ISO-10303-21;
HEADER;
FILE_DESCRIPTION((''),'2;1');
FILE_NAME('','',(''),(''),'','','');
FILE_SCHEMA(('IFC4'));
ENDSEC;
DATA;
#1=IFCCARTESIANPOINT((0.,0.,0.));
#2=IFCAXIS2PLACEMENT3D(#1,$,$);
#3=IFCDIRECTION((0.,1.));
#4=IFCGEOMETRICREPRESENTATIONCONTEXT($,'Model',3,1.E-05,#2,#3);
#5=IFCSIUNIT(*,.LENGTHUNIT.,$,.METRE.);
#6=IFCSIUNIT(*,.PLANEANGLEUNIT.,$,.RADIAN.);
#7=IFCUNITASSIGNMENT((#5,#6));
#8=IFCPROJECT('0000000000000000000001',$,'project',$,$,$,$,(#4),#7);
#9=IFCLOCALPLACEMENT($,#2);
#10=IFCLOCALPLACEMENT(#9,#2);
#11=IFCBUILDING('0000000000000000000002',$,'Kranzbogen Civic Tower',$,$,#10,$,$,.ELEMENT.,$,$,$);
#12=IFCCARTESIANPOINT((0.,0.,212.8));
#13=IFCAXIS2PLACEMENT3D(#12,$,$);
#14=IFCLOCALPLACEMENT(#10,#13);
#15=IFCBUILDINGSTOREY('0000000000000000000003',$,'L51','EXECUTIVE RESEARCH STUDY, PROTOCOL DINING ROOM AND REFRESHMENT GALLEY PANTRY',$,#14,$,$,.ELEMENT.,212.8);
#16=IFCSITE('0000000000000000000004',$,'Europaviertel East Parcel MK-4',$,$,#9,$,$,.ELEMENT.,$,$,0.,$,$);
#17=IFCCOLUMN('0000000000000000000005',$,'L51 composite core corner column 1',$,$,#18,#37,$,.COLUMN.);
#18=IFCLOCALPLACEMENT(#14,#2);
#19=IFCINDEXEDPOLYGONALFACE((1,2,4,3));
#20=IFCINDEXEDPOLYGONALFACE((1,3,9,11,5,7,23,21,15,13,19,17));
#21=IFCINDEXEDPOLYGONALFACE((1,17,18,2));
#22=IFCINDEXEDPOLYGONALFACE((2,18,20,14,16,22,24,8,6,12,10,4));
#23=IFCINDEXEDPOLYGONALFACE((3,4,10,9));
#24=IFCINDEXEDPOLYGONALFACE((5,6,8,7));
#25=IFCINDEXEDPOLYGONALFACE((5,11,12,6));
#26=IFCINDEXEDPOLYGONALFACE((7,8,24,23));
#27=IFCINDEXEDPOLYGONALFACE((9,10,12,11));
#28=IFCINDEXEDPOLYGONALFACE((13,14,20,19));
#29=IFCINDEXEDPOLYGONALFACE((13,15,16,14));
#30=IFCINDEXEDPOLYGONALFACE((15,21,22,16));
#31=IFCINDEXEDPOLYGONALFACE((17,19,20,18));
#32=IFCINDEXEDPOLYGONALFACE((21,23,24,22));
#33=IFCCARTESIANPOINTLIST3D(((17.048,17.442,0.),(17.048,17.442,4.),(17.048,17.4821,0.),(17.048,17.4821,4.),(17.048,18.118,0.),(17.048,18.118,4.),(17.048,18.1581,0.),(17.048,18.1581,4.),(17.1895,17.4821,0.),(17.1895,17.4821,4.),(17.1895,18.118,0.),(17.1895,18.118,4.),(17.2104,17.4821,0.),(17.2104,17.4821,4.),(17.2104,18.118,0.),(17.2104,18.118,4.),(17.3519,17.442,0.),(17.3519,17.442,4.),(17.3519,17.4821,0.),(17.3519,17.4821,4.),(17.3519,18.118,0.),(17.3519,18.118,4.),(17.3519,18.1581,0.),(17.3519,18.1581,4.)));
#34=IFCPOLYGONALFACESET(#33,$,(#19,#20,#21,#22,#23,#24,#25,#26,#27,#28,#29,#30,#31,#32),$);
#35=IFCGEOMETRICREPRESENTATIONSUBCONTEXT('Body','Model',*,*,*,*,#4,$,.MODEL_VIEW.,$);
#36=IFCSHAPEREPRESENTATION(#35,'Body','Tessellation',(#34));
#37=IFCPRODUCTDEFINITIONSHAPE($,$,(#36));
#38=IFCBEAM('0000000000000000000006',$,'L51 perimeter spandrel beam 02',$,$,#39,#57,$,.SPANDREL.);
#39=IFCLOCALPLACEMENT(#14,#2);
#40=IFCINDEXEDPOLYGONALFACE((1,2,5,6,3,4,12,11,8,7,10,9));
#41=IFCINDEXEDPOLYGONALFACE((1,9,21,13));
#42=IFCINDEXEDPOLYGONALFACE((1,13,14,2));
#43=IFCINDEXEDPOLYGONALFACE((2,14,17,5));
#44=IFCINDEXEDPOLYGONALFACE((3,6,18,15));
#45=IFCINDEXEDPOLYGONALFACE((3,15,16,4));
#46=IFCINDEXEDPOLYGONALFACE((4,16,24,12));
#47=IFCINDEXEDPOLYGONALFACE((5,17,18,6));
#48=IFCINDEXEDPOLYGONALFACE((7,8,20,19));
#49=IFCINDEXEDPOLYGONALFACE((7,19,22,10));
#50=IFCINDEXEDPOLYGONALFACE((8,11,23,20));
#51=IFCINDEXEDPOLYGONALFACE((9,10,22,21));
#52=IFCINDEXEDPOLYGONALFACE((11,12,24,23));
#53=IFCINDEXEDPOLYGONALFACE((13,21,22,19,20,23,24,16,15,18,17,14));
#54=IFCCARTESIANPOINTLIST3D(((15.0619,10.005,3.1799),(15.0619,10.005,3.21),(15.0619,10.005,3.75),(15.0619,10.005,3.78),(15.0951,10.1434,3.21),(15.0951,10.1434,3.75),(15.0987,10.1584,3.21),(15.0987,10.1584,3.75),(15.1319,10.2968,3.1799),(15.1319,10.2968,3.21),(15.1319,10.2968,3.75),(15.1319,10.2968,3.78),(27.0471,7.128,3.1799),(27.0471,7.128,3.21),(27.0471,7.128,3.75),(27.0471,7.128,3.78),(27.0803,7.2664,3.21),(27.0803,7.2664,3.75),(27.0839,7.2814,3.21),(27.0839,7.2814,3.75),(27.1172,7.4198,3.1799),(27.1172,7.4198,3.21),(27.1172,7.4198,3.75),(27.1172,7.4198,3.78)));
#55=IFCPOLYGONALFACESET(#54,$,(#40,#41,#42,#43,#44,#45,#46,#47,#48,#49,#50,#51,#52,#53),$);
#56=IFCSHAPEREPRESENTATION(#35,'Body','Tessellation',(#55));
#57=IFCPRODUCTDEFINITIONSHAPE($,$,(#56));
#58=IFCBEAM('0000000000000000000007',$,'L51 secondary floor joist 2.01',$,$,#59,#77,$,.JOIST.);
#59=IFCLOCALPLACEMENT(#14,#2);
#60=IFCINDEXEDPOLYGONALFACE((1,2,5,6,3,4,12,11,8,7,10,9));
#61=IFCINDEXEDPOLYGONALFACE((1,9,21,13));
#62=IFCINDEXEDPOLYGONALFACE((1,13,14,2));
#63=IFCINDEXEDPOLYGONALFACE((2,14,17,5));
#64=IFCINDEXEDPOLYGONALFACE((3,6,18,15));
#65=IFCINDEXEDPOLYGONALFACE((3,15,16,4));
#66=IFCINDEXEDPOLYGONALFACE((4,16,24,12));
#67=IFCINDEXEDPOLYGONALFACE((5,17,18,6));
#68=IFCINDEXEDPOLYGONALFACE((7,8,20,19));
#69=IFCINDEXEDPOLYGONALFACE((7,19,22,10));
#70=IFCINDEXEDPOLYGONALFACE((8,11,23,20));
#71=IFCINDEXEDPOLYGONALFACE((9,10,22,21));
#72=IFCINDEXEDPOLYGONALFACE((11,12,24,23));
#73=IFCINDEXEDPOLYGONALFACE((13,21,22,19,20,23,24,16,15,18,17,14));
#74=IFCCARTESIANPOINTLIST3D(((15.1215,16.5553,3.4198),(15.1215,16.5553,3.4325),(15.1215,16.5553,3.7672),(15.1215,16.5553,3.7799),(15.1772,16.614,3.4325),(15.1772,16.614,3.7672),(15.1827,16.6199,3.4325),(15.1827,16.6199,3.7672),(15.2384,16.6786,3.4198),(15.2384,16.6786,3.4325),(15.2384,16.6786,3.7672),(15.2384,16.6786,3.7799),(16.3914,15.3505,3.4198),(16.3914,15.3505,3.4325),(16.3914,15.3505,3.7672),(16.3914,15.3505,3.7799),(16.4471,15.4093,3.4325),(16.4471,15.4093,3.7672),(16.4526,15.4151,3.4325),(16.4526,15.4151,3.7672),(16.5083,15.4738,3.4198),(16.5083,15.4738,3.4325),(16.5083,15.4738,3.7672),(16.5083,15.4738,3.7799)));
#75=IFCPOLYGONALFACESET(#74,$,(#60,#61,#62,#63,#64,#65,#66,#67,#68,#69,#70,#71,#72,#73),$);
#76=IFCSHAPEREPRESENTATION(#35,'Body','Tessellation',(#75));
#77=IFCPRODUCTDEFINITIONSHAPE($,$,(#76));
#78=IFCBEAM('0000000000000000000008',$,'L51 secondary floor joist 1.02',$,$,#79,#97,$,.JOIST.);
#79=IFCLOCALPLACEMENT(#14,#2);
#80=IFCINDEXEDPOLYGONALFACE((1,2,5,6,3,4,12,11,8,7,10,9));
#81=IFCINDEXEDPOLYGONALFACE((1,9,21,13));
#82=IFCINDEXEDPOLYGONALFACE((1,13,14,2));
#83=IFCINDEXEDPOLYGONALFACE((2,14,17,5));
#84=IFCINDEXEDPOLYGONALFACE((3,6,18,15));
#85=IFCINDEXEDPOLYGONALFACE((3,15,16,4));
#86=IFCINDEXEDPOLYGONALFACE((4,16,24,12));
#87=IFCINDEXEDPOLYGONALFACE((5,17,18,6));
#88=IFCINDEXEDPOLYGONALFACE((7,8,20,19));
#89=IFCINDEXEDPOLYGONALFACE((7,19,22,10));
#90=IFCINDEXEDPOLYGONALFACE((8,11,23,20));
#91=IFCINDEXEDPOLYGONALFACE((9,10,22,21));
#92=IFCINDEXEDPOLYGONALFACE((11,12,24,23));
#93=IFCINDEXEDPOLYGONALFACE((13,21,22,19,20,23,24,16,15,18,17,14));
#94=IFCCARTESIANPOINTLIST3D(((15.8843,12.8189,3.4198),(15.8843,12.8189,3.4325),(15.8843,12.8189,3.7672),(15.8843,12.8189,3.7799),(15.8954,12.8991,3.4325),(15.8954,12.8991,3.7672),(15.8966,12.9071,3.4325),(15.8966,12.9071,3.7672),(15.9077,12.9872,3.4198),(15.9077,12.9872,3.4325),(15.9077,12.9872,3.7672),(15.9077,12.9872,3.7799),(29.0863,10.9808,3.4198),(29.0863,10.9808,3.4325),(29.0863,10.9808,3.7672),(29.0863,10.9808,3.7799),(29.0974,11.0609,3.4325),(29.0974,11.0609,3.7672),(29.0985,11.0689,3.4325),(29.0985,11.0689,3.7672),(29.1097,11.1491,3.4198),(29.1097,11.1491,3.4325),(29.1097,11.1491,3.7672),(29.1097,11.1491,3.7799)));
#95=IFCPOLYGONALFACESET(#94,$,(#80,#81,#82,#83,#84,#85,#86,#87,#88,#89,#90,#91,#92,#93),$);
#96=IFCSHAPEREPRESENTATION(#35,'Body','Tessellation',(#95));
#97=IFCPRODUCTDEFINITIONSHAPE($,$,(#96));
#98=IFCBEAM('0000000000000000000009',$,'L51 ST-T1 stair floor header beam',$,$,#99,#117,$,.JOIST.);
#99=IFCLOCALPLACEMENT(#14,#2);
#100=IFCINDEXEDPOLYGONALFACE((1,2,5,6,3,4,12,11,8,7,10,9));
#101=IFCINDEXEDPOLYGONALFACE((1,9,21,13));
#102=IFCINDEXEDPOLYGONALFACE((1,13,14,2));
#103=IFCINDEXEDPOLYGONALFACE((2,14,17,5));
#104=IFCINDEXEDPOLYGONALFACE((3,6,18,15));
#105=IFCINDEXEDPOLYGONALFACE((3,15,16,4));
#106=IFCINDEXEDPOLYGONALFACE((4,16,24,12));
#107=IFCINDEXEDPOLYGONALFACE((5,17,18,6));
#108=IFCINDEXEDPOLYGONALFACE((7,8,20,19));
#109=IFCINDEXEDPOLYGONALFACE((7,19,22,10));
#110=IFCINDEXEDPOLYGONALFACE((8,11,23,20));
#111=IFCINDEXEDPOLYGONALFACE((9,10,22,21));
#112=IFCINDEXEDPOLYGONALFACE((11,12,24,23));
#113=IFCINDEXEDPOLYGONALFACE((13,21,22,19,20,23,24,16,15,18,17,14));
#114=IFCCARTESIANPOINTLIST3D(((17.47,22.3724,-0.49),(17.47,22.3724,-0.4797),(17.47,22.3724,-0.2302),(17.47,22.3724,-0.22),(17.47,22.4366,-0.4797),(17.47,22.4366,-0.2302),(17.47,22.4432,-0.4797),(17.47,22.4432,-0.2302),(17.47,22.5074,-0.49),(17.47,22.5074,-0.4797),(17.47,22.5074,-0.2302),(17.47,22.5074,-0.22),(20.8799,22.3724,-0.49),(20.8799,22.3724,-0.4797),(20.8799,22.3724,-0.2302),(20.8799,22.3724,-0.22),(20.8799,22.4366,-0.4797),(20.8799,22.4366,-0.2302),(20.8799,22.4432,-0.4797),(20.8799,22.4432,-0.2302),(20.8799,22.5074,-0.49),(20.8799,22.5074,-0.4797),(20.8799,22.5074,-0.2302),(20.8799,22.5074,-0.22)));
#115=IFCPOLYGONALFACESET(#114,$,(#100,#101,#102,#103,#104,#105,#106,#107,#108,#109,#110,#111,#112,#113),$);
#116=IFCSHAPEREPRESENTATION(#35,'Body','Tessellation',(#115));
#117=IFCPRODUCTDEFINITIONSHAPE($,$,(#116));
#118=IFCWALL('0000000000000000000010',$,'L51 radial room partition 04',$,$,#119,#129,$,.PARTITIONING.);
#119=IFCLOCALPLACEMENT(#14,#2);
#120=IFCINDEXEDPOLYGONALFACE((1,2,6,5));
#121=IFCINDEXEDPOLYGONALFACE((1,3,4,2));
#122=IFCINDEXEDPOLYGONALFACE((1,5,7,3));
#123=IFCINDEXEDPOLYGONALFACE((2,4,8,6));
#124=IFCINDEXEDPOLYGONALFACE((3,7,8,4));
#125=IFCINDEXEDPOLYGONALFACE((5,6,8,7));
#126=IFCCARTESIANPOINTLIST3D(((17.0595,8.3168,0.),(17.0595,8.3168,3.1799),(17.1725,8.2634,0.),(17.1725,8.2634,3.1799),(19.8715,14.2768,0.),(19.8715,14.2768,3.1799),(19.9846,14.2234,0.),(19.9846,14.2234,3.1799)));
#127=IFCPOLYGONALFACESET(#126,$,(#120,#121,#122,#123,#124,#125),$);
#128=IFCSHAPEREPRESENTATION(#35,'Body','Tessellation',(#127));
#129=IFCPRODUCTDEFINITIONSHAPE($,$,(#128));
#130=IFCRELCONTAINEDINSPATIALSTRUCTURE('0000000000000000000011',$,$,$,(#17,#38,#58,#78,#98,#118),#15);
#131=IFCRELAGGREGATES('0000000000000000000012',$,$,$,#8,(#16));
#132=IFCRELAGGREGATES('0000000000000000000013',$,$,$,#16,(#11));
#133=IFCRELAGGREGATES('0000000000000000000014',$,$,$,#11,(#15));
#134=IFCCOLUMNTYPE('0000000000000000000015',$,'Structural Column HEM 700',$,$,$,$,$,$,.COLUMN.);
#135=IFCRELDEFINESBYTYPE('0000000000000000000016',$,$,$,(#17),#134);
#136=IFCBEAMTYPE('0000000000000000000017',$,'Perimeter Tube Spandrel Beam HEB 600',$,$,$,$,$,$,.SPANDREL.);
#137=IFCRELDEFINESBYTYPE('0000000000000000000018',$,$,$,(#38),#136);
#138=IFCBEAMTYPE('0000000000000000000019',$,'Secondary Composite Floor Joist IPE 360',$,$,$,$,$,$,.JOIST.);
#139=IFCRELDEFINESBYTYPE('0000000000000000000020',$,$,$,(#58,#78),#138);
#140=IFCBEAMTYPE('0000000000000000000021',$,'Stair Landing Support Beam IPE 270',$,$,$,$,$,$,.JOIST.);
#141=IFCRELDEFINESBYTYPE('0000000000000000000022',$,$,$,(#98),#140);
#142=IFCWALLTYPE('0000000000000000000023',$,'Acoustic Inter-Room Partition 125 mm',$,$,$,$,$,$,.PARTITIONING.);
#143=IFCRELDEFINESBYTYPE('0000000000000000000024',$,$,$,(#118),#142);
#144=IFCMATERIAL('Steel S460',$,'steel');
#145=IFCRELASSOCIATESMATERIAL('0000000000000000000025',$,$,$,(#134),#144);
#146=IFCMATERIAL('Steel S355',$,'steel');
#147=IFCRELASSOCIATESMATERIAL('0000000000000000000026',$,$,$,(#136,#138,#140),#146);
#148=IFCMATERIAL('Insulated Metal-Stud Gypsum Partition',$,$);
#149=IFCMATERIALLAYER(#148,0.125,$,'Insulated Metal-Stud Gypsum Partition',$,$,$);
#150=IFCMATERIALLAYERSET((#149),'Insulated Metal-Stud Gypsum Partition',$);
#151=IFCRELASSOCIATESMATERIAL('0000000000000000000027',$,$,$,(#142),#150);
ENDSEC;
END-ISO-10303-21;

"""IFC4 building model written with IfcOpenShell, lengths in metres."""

from ifc_helpers import new_model, si_unit, direction, frame, frame_2d, origin, origin_2d, place, context, subcontext, project, spatial, rectangle, i_section, extrude, material, layer, layer_set, material_profile, profile_set, type_object, element, save


model = new_model("IFC4")

# Units and contexts
model_context = context("Model", 3, precision=1e-05, world=origin(), true_north=direction((0.0, 1.0)))
body_context = subcontext(model_context, "Body", "Model", "MODEL_VIEW")
ifc_project = project(units=[si_unit("LENGTHUNIT", "METRE"), si_unit("PLANEANGLEUNIT", "RADIAN")], contexts=[model_context])

# Site, building, storey
site_placement = place(None, origin())
site = spatial("IfcSite", under=ifc_project, at=site_placement, Name="Europaviertel East Parcel MK-4", CompositionType="ELEMENT", RefElevation=0.0)
building_placement = place(site_placement, origin())
building = spatial("IfcBuilding", under=site, at=building_placement, Name="Kranzbogen Civic Tower", CompositionType="ELEMENT")
storey_placement = place(building_placement, frame((0.0, 0.0, 212.8)))
storey = spatial("IfcBuildingStorey", under=building, at=storey_placement, Name="L51", Description="EXECUTIVE RESEARCH STUDY, PROTOCOL DINING ROOM AND REFRESHMENT GALLEY PANTRY", CompositionType="ELEMENT", Elevation=212.8)

# Column
ifc_material_1 = material(Name="Steel S460", Category="steel")
ifc_material_profile_1 = material_profile(ifc_material_1, i_section(OverallWidth=0.304, OverallDepth=0.7161, WebThickness=0.021, FlangeThickness=0.04, at=origin_2d()), Name="HEM 700")
ifc_profile_set_1 = profile_set([ifc_material_profile_1], Name="Steel S460")
column_type = type_object("IfcColumnType", Name="Structural Column HEM 700", PredefinedType="COLUMN", material=ifc_profile_set_1)
column_placement = place(storey_placement, frame((17.2, 17.8, 0.0), z_axis=(0.0, 0.0, 1.0), x_axis=(1.0, 0.0, 0.0)))
element("IfcColumn", 1, at=column_placement, inside=storey, type_object=column_type, Name="L51 composite core corner column 1", PredefinedType="COLUMN", context=body_context, shape_type="SweptSolid", body=[
    extrude(i_section(OverallWidth=0.304, OverallDepth=0.7161, WebThickness=0.021, FlangeThickness=0.04, at=origin_2d()), origin(), (0.0, 0.0, 1.0), 4.0),
])

# Beams
ifc_material_2 = material(Name="Steel S355", Category="steel")
ifc_material_profile_2 = material_profile(ifc_material_2, i_section(OverallWidth=0.3, OverallDepth=0.6001, WebThickness=0.0154, FlangeThickness=0.03, at=origin_2d()), Name="HEB 600")
ifc_profile_set_2 = profile_set([ifc_material_profile_2], Name="Steel S355")
beam_type_1 = type_object("IfcBeamType", Name="Perimeter Tube Spandrel Beam HEB 600", PredefinedType="SPANDREL", material=ifc_profile_set_2)
beam_1_placement = place(storey_placement, frame((15.0969, 10.1509, 3.48), z_axis=(0.972378, -0.233413, 0.0), x_axis=(0.233413, 0.972378, 0.0)))
element("IfcBeam", 2, at=beam_1_placement, inside=storey, type_object=beam_type_1, Name="L51 perimeter spandrel beam 02", PredefinedType="SPANDREL", context=body_context, shape_type="SweptSolid", body=[
    extrude(i_section(OverallWidth=0.3, OverallDepth=0.6001, WebThickness=0.0154, FlangeThickness=0.03, at=origin_2d()), origin(), (0.0, 0.0, 1.0), 12.3257),
])
ifc_material_profile_3 = material_profile(ifc_material_2, i_section(OverallWidth=0.1699, OverallDepth=0.3601, WebThickness=0.0081, FlangeThickness=0.0127, at=origin_2d()), Name="IPE 360")
ifc_profile_set_3 = profile_set([ifc_material_profile_3], Name="Steel S355")
beam_type_2 = type_object("IfcBeamType", Name="Secondary Composite Floor Joist IPE 360", PredefinedType="JOIST", material=ifc_profile_set_3)
beam_2_placement = place(storey_placement, frame((15.1799, 16.6169, 3.5999), z_axis=(0.72548, -0.688243, 0.0), x_axis=(0.688243, 0.72548, 0.0)))
element("IfcBeam", 3, at=beam_2_placement, inside=storey, type_object=beam_type_2, Name="L51 secondary floor joist 2.01", PredefinedType="JOIST", context=body_context, shape_type="SweptSolid", body=[
    extrude(i_section(OverallWidth=0.1699, OverallDepth=0.3601, WebThickness=0.0081, FlangeThickness=0.0127, at=origin_2d()), origin(), (0.0, 0.0, 1.0), 1.7505),
])
beam_3_placement = place(storey_placement, frame((15.896, 12.9031, 3.5999), z_axis=(0.990446, -0.137902, 0.0), x_axis=(0.137902, 0.990446, 0.0)))
element("IfcBeam", 4, at=beam_3_placement, inside=storey, type_object=beam_type_2, Name="L51 secondary floor joist 1.02", PredefinedType="JOIST", context=body_context, shape_type="SweptSolid", body=[
    extrude(i_section(OverallWidth=0.1699, OverallDepth=0.3601, WebThickness=0.0081, FlangeThickness=0.0127, at=origin_2d()), origin(), (0.0, 0.0, 1.0), 13.3293),
])
ifc_material_profile_4 = material_profile(ifc_material_2, i_section(OverallWidth=0.135, OverallDepth=0.27, WebThickness=0.0066, FlangeThickness=0.0103, at=origin_2d()), Name="IPE 270")
ifc_profile_set_4 = profile_set([ifc_material_profile_4], Name="Steel S355")
beam_type_3 = type_object("IfcBeamType", Name="Stair Landing Support Beam IPE 270", PredefinedType="JOIST", material=ifc_profile_set_4)
beam_4_placement = place(storey_placement, frame((20.8799, 22.4399, -0.355), z_axis=(-1.0, 0.0, 0.0), x_axis=(0.0, -1.0, 0.0)))
element("IfcBeam", 5, at=beam_4_placement, inside=storey, type_object=beam_type_3, Name="L51 ST-T1 stair floor header beam", PredefinedType="JOIST", context=body_context, shape_type="SweptSolid", body=[
    extrude(i_section(OverallWidth=0.135, OverallDepth=0.27, WebThickness=0.0066, FlangeThickness=0.0103, at=origin_2d()), origin(), (0.0, 0.0, 1.0), 3.4099),
])

# Wall
ifc_material_3 = material(Name="Insulated Metal-Stud Gypsum Partition")
ifc_layer_1 = layer(ifc_material_3, 0.125, Name="Insulated Metal-Stud Gypsum Partition")
ifc_layer_set_1 = layer_set([ifc_layer_1], Name="Insulated Metal-Stud Gypsum Partition")
wall_type_1 = type_object("IfcWallType", Name="Acoustic Inter-Room Partition 125 mm", PredefinedType="PARTITIONING", material=ifc_layer_set_1)
wall_1_placement = place(storey_placement, frame((19.928, 14.25, 0.0), z_axis=(0.0, 0.0, 1.0), x_axis=(-0.426707, -0.90439, 0.0)))
element("IfcWall", 6, at=wall_1_placement, inside=storey, type_object=wall_type_1, Name="L51 radial room partition 04", PredefinedType="PARTITIONING", context=body_context, shape_type="SweptSolid", body=[
    extrude(rectangle(XDim=6.5901, YDim=0.125, at=frame_2d((3.2949, 0.0))), origin(), (0.0, 0.0, 1.0), 3.1799),
])

save(model, "model.ifc")
